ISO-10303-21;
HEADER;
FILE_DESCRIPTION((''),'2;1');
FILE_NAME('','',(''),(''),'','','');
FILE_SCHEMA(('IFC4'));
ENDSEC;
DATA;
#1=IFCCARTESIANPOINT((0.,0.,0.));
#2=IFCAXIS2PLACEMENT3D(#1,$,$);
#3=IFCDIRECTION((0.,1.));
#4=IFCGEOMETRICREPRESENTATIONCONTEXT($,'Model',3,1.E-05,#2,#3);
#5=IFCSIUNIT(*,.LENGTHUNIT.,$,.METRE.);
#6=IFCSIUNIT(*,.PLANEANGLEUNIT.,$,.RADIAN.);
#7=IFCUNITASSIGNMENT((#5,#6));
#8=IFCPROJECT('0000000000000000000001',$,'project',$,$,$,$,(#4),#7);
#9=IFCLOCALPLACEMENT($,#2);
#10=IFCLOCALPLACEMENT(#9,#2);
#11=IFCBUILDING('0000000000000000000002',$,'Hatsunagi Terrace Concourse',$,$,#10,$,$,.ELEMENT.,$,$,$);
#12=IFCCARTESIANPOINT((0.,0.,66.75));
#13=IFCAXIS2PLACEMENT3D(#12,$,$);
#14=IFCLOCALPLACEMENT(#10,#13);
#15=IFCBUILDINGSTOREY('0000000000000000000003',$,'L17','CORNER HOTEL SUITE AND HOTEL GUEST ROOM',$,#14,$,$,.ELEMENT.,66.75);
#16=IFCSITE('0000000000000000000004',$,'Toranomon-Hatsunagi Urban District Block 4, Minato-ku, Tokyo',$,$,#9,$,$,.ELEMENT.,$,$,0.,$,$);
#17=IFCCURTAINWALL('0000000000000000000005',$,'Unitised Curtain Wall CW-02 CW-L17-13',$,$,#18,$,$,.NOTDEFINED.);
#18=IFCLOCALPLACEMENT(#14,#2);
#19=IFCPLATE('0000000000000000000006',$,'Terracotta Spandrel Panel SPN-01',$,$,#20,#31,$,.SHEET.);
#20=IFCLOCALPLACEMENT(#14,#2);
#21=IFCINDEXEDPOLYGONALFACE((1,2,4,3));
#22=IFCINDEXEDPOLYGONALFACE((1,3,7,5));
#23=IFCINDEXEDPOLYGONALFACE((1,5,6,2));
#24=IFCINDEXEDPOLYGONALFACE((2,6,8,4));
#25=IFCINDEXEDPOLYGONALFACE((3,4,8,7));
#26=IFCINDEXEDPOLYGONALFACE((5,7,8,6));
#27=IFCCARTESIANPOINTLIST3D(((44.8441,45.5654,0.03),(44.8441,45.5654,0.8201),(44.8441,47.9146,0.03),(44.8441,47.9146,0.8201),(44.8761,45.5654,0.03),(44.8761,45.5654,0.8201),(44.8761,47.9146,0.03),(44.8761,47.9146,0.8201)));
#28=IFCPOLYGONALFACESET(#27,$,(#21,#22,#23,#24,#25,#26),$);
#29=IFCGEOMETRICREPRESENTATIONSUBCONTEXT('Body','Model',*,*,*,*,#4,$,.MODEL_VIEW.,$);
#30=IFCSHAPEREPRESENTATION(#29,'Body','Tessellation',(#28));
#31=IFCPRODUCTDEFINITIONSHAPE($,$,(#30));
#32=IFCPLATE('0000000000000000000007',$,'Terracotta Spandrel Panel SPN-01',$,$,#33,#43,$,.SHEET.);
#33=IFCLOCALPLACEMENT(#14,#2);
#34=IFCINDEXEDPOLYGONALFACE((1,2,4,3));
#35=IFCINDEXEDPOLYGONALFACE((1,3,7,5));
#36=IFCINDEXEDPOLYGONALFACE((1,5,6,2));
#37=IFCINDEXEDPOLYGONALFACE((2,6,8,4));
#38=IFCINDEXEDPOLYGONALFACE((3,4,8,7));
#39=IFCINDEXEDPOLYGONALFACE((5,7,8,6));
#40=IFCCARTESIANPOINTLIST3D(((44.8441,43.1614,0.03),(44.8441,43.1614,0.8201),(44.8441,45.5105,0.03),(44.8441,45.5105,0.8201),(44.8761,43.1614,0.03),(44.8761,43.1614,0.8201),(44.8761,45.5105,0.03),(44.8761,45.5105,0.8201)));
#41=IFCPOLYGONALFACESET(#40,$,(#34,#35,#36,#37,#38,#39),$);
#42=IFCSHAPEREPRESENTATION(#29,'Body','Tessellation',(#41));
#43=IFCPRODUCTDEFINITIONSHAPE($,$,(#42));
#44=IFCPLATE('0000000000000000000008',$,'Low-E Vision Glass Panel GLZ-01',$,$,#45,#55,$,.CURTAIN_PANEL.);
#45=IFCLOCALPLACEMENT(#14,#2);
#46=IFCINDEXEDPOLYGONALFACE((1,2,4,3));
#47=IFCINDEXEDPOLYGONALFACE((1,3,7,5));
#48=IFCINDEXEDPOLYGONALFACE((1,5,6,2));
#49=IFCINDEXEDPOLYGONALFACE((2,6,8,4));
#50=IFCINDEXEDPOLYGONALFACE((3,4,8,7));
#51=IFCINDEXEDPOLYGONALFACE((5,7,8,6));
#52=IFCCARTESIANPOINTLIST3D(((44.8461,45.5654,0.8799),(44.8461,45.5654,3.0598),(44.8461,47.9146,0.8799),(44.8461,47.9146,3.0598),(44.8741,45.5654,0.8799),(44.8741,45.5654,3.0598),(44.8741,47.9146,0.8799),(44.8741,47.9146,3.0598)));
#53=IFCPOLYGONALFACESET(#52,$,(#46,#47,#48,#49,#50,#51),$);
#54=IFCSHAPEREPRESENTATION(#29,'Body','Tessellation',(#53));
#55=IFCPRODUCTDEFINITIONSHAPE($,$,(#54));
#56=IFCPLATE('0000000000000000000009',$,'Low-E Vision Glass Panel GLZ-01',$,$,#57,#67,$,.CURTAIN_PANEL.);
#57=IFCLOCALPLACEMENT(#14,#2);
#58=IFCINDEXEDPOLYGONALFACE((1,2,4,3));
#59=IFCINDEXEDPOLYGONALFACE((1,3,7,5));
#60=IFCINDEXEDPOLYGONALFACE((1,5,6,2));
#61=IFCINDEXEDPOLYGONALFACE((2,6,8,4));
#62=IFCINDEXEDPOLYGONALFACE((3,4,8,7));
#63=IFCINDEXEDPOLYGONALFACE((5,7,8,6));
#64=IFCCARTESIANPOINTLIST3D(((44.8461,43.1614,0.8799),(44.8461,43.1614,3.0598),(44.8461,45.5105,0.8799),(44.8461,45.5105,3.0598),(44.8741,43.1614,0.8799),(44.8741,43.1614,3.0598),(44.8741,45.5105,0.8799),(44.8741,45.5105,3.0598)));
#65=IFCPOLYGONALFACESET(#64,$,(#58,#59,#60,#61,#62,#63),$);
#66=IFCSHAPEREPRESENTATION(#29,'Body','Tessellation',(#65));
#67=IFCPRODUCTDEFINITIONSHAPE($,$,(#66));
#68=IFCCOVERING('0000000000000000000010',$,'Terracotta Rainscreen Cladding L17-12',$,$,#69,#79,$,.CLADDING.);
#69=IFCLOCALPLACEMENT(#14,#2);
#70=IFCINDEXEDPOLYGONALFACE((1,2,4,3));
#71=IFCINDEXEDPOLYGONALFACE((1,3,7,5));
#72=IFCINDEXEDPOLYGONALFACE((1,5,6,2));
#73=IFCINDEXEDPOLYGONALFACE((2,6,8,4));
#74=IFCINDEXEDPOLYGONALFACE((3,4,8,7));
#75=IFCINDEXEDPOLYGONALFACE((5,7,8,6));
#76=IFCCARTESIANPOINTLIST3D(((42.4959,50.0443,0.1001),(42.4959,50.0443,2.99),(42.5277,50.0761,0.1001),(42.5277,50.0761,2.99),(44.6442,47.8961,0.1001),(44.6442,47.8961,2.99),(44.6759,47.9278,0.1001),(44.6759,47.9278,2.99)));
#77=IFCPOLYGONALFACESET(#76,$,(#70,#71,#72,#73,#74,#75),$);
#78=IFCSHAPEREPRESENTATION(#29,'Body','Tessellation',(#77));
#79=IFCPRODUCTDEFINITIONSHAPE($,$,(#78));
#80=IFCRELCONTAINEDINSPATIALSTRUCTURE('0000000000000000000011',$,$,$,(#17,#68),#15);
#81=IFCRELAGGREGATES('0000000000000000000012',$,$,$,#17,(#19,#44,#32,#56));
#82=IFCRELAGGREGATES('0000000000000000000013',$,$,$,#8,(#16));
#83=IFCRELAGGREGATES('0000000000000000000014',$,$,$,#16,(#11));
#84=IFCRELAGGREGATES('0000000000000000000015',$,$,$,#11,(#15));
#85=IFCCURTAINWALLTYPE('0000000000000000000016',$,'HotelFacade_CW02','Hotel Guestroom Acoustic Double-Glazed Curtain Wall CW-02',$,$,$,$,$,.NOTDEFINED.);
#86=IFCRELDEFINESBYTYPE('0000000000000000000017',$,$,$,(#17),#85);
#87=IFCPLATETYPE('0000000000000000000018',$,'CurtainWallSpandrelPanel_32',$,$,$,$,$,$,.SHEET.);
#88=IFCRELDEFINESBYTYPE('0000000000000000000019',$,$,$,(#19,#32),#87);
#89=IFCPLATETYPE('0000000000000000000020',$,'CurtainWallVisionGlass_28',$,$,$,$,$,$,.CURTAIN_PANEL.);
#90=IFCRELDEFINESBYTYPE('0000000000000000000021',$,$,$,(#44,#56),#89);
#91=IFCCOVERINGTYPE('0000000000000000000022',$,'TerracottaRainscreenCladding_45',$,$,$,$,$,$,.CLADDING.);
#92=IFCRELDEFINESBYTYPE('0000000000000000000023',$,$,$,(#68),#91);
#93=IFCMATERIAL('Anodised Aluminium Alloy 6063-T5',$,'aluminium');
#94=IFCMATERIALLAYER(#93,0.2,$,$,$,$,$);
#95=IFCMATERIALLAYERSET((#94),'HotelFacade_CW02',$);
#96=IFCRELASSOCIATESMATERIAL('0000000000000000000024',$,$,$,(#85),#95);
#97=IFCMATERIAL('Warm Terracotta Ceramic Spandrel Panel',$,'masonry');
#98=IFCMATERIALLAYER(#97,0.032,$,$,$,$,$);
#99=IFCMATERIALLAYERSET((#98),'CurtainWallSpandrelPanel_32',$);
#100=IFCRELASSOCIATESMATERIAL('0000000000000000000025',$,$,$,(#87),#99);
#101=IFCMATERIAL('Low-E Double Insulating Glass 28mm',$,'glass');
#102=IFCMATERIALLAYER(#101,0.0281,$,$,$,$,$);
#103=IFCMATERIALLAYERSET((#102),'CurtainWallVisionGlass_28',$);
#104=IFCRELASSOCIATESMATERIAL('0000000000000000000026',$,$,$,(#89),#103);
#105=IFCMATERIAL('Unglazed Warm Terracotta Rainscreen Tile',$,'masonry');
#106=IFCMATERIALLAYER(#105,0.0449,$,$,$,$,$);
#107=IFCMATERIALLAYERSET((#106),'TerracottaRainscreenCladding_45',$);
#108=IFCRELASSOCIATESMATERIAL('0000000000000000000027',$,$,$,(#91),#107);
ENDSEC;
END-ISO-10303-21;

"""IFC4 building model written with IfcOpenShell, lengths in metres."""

from ifc_helpers import new_model, si_unit, direction, frame, origin, origin_2d, place, context, subcontext, project, spatial, rectangle, extrude, material, layer, layer_set, type_object, element, aggregate, save


model = new_model("IFC4")

# Units and contexts
model_context = context("Model", 3, precision=1e-05, world=origin(), true_north=direction((0.0, 1.0)))
body_context = subcontext(model_context, "Body", "Model", "MODEL_VIEW")
ifc_project = project(units=[si_unit("LENGTHUNIT", "METRE"), si_unit("PLANEANGLEUNIT", "RADIAN")], contexts=[model_context])

# Site, building, storey
site_placement = place(None, origin())
site = spatial("IfcSite", under=ifc_project, at=site_placement, Name="Toranomon-Hatsunagi Urban District Block 4, Minato-ku, Tokyo", CompositionType="ELEMENT", RefElevation=0.0)
building_placement = place(site_placement, origin())
building = spatial("IfcBuilding", under=site, at=building_placement, Name="Hatsunagi Terrace Concourse", CompositionType="ELEMENT")
storey_placement = place(building_placement, frame((0.0, 0.0, 66.75)))
storey = spatial("IfcBuildingStorey", under=building, at=storey_placement, Name="L17", Description="CORNER HOTEL SUITE AND HOTEL GUEST ROOM", CompositionType="ELEMENT", Elevation=66.75)

# Curtain wall
ifc_material_1 = material(Name="Anodised Aluminium Alloy 6063-T5", Category="aluminium")
ifc_layer_1 = layer(ifc_material_1, 0.2)
ifc_layer_set_1 = layer_set([ifc_layer_1], Name="HotelFacade_CW02")
curtain_wall_type = type_object("IfcCurtainWallType", Name="HotelFacade_CW02", Description="Hotel Guestroom Acoustic Double-Glazed Curtain Wall CW-02", PredefinedType="NOTDEFINED", material=ifc_layer_set_1)
curtain_wall_placement = place(storey_placement, origin())
curtain_wall = element("IfcCurtainWall", 1, at=curtain_wall_placement, inside=storey, type_object=curtain_wall_type, Name="Unitised Curtain Wall CW-02 CW-L17-13", PredefinedType="NOTDEFINED")

# Plates
ifc_material_2 = material(Name="Warm Terracotta Ceramic Spandrel Panel", Category="masonry")
ifc_layer_2 = layer(ifc_material_2, 0.032)
ifc_layer_set_2 = layer_set([ifc_layer_2], Name="CurtainWallSpandrelPanel_32")
plate_type_1 = type_object("IfcPlateType", Name="CurtainWallSpandrelPanel_32", PredefinedType="SHEET", material=ifc_layer_set_2)
plate_1_placement = place(storey_placement, frame((44.8601, 46.74, 0.03), z_axis=(0.0, 0.0, 1.0), x_axis=(0.0, -1.0, 0.0)))
plate_1 = element("IfcPlate", 2, at=plate_1_placement, type_object=plate_type_1, Name="Terracotta Spandrel Panel SPN-01", PredefinedType="SHEET", context=body_context, shape_type="SweptSolid", body=[
    extrude(rectangle(XDim=2.3491, YDim=0.032, at=origin_2d()), origin(), (0.0, 0.0, 1.0), 0.79),
])
plate_2_placement = place(storey_placement, frame((44.8601, 44.3359, 0.03), z_axis=(0.0, 0.0, 1.0), x_axis=(0.0, -1.0, 0.0)))
plate_2 = element("IfcPlate", 3, at=plate_2_placement, type_object=plate_type_1, Name="Terracotta Spandrel Panel SPN-01", PredefinedType="SHEET", context=body_context, shape_type="SweptSolid", body=[
    extrude(rectangle(XDim=2.3491, YDim=0.032, at=origin_2d()), origin(), (0.0, 0.0, 1.0), 0.79),
])
ifc_material_3 = material(Name="Low-E Double Insulating Glass 28mm", Category="glass")
ifc_layer_3 = layer(ifc_material_3, 0.0281)
ifc_layer_set_3 = layer_set([ifc_layer_3], Name="CurtainWallVisionGlass_28")
plate_type_2 = type_object("IfcPlateType", Name="CurtainWallVisionGlass_28", PredefinedType="CURTAIN_PANEL", material=ifc_layer_set_3)
plate_3_placement = place(storey_placement, frame((44.8601, 46.74, 0.8799), z_axis=(0.0, 0.0, 1.0), x_axis=(0.0, -1.0, 0.0)))
plate_3 = element("IfcPlate", 4, at=plate_3_placement, type_object=plate_type_2, Name="Low-E Vision Glass Panel GLZ-01", PredefinedType="CURTAIN_PANEL", context=body_context, shape_type="SweptSolid", body=[
    extrude(rectangle(XDim=2.3491, YDim=0.0281, at=origin_2d()), origin(), (0.0, 0.0, 1.0), 2.1799),
])
plate_4_placement = place(storey_placement, frame((44.8601, 44.3359, 0.8799), z_axis=(0.0, 0.0, 1.0), x_axis=(0.0, -1.0, 0.0)))
plate_4 = element("IfcPlate", 5, at=plate_4_placement, type_object=plate_type_2, Name="Low-E Vision Glass Panel GLZ-01", PredefinedType="CURTAIN_PANEL", context=body_context, shape_type="SweptSolid", body=[
    extrude(rectangle(XDim=2.3491, YDim=0.0281, at=origin_2d()), origin(), (0.0, 0.0, 1.0), 2.1799),
])
aggregate(curtain_wall, [plate_1, plate_3, plate_2, plate_4])

# Covering
ifc_material_4 = material(Name="Unglazed Warm Terracotta Rainscreen Tile", Category="masonry")
ifc_layer_4 = layer(ifc_material_4, 0.0449)
ifc_layer_set_4 = layer_set([ifc_layer_4], Name="TerracottaRainscreenCladding_45")
covering_type = type_object("IfcCoveringType", Name="TerracottaRainscreenCladding_45", PredefinedType="CLADDING", material=ifc_layer_set_4)
covering_placement = place(storey_placement, frame((43.5859, 48.9861, 0.1001), z_axis=(0.0, 0.0, 1.0), x_axis=(0.707107, -0.707107, 0.0)))
element("IfcCovering", 6, at=covering_placement, inside=storey, type_object=covering_type, Name="Terracotta Rainscreen Cladding L17-12", PredefinedType="CLADDING", context=body_context, shape_type="SweptSolid", body=[
    extrude(rectangle(XDim=3.0381, YDim=0.0449, at=origin_2d()), origin(), (0.0, 0.0, 1.0), 2.8899),
])

save(model, "model.ifc")
